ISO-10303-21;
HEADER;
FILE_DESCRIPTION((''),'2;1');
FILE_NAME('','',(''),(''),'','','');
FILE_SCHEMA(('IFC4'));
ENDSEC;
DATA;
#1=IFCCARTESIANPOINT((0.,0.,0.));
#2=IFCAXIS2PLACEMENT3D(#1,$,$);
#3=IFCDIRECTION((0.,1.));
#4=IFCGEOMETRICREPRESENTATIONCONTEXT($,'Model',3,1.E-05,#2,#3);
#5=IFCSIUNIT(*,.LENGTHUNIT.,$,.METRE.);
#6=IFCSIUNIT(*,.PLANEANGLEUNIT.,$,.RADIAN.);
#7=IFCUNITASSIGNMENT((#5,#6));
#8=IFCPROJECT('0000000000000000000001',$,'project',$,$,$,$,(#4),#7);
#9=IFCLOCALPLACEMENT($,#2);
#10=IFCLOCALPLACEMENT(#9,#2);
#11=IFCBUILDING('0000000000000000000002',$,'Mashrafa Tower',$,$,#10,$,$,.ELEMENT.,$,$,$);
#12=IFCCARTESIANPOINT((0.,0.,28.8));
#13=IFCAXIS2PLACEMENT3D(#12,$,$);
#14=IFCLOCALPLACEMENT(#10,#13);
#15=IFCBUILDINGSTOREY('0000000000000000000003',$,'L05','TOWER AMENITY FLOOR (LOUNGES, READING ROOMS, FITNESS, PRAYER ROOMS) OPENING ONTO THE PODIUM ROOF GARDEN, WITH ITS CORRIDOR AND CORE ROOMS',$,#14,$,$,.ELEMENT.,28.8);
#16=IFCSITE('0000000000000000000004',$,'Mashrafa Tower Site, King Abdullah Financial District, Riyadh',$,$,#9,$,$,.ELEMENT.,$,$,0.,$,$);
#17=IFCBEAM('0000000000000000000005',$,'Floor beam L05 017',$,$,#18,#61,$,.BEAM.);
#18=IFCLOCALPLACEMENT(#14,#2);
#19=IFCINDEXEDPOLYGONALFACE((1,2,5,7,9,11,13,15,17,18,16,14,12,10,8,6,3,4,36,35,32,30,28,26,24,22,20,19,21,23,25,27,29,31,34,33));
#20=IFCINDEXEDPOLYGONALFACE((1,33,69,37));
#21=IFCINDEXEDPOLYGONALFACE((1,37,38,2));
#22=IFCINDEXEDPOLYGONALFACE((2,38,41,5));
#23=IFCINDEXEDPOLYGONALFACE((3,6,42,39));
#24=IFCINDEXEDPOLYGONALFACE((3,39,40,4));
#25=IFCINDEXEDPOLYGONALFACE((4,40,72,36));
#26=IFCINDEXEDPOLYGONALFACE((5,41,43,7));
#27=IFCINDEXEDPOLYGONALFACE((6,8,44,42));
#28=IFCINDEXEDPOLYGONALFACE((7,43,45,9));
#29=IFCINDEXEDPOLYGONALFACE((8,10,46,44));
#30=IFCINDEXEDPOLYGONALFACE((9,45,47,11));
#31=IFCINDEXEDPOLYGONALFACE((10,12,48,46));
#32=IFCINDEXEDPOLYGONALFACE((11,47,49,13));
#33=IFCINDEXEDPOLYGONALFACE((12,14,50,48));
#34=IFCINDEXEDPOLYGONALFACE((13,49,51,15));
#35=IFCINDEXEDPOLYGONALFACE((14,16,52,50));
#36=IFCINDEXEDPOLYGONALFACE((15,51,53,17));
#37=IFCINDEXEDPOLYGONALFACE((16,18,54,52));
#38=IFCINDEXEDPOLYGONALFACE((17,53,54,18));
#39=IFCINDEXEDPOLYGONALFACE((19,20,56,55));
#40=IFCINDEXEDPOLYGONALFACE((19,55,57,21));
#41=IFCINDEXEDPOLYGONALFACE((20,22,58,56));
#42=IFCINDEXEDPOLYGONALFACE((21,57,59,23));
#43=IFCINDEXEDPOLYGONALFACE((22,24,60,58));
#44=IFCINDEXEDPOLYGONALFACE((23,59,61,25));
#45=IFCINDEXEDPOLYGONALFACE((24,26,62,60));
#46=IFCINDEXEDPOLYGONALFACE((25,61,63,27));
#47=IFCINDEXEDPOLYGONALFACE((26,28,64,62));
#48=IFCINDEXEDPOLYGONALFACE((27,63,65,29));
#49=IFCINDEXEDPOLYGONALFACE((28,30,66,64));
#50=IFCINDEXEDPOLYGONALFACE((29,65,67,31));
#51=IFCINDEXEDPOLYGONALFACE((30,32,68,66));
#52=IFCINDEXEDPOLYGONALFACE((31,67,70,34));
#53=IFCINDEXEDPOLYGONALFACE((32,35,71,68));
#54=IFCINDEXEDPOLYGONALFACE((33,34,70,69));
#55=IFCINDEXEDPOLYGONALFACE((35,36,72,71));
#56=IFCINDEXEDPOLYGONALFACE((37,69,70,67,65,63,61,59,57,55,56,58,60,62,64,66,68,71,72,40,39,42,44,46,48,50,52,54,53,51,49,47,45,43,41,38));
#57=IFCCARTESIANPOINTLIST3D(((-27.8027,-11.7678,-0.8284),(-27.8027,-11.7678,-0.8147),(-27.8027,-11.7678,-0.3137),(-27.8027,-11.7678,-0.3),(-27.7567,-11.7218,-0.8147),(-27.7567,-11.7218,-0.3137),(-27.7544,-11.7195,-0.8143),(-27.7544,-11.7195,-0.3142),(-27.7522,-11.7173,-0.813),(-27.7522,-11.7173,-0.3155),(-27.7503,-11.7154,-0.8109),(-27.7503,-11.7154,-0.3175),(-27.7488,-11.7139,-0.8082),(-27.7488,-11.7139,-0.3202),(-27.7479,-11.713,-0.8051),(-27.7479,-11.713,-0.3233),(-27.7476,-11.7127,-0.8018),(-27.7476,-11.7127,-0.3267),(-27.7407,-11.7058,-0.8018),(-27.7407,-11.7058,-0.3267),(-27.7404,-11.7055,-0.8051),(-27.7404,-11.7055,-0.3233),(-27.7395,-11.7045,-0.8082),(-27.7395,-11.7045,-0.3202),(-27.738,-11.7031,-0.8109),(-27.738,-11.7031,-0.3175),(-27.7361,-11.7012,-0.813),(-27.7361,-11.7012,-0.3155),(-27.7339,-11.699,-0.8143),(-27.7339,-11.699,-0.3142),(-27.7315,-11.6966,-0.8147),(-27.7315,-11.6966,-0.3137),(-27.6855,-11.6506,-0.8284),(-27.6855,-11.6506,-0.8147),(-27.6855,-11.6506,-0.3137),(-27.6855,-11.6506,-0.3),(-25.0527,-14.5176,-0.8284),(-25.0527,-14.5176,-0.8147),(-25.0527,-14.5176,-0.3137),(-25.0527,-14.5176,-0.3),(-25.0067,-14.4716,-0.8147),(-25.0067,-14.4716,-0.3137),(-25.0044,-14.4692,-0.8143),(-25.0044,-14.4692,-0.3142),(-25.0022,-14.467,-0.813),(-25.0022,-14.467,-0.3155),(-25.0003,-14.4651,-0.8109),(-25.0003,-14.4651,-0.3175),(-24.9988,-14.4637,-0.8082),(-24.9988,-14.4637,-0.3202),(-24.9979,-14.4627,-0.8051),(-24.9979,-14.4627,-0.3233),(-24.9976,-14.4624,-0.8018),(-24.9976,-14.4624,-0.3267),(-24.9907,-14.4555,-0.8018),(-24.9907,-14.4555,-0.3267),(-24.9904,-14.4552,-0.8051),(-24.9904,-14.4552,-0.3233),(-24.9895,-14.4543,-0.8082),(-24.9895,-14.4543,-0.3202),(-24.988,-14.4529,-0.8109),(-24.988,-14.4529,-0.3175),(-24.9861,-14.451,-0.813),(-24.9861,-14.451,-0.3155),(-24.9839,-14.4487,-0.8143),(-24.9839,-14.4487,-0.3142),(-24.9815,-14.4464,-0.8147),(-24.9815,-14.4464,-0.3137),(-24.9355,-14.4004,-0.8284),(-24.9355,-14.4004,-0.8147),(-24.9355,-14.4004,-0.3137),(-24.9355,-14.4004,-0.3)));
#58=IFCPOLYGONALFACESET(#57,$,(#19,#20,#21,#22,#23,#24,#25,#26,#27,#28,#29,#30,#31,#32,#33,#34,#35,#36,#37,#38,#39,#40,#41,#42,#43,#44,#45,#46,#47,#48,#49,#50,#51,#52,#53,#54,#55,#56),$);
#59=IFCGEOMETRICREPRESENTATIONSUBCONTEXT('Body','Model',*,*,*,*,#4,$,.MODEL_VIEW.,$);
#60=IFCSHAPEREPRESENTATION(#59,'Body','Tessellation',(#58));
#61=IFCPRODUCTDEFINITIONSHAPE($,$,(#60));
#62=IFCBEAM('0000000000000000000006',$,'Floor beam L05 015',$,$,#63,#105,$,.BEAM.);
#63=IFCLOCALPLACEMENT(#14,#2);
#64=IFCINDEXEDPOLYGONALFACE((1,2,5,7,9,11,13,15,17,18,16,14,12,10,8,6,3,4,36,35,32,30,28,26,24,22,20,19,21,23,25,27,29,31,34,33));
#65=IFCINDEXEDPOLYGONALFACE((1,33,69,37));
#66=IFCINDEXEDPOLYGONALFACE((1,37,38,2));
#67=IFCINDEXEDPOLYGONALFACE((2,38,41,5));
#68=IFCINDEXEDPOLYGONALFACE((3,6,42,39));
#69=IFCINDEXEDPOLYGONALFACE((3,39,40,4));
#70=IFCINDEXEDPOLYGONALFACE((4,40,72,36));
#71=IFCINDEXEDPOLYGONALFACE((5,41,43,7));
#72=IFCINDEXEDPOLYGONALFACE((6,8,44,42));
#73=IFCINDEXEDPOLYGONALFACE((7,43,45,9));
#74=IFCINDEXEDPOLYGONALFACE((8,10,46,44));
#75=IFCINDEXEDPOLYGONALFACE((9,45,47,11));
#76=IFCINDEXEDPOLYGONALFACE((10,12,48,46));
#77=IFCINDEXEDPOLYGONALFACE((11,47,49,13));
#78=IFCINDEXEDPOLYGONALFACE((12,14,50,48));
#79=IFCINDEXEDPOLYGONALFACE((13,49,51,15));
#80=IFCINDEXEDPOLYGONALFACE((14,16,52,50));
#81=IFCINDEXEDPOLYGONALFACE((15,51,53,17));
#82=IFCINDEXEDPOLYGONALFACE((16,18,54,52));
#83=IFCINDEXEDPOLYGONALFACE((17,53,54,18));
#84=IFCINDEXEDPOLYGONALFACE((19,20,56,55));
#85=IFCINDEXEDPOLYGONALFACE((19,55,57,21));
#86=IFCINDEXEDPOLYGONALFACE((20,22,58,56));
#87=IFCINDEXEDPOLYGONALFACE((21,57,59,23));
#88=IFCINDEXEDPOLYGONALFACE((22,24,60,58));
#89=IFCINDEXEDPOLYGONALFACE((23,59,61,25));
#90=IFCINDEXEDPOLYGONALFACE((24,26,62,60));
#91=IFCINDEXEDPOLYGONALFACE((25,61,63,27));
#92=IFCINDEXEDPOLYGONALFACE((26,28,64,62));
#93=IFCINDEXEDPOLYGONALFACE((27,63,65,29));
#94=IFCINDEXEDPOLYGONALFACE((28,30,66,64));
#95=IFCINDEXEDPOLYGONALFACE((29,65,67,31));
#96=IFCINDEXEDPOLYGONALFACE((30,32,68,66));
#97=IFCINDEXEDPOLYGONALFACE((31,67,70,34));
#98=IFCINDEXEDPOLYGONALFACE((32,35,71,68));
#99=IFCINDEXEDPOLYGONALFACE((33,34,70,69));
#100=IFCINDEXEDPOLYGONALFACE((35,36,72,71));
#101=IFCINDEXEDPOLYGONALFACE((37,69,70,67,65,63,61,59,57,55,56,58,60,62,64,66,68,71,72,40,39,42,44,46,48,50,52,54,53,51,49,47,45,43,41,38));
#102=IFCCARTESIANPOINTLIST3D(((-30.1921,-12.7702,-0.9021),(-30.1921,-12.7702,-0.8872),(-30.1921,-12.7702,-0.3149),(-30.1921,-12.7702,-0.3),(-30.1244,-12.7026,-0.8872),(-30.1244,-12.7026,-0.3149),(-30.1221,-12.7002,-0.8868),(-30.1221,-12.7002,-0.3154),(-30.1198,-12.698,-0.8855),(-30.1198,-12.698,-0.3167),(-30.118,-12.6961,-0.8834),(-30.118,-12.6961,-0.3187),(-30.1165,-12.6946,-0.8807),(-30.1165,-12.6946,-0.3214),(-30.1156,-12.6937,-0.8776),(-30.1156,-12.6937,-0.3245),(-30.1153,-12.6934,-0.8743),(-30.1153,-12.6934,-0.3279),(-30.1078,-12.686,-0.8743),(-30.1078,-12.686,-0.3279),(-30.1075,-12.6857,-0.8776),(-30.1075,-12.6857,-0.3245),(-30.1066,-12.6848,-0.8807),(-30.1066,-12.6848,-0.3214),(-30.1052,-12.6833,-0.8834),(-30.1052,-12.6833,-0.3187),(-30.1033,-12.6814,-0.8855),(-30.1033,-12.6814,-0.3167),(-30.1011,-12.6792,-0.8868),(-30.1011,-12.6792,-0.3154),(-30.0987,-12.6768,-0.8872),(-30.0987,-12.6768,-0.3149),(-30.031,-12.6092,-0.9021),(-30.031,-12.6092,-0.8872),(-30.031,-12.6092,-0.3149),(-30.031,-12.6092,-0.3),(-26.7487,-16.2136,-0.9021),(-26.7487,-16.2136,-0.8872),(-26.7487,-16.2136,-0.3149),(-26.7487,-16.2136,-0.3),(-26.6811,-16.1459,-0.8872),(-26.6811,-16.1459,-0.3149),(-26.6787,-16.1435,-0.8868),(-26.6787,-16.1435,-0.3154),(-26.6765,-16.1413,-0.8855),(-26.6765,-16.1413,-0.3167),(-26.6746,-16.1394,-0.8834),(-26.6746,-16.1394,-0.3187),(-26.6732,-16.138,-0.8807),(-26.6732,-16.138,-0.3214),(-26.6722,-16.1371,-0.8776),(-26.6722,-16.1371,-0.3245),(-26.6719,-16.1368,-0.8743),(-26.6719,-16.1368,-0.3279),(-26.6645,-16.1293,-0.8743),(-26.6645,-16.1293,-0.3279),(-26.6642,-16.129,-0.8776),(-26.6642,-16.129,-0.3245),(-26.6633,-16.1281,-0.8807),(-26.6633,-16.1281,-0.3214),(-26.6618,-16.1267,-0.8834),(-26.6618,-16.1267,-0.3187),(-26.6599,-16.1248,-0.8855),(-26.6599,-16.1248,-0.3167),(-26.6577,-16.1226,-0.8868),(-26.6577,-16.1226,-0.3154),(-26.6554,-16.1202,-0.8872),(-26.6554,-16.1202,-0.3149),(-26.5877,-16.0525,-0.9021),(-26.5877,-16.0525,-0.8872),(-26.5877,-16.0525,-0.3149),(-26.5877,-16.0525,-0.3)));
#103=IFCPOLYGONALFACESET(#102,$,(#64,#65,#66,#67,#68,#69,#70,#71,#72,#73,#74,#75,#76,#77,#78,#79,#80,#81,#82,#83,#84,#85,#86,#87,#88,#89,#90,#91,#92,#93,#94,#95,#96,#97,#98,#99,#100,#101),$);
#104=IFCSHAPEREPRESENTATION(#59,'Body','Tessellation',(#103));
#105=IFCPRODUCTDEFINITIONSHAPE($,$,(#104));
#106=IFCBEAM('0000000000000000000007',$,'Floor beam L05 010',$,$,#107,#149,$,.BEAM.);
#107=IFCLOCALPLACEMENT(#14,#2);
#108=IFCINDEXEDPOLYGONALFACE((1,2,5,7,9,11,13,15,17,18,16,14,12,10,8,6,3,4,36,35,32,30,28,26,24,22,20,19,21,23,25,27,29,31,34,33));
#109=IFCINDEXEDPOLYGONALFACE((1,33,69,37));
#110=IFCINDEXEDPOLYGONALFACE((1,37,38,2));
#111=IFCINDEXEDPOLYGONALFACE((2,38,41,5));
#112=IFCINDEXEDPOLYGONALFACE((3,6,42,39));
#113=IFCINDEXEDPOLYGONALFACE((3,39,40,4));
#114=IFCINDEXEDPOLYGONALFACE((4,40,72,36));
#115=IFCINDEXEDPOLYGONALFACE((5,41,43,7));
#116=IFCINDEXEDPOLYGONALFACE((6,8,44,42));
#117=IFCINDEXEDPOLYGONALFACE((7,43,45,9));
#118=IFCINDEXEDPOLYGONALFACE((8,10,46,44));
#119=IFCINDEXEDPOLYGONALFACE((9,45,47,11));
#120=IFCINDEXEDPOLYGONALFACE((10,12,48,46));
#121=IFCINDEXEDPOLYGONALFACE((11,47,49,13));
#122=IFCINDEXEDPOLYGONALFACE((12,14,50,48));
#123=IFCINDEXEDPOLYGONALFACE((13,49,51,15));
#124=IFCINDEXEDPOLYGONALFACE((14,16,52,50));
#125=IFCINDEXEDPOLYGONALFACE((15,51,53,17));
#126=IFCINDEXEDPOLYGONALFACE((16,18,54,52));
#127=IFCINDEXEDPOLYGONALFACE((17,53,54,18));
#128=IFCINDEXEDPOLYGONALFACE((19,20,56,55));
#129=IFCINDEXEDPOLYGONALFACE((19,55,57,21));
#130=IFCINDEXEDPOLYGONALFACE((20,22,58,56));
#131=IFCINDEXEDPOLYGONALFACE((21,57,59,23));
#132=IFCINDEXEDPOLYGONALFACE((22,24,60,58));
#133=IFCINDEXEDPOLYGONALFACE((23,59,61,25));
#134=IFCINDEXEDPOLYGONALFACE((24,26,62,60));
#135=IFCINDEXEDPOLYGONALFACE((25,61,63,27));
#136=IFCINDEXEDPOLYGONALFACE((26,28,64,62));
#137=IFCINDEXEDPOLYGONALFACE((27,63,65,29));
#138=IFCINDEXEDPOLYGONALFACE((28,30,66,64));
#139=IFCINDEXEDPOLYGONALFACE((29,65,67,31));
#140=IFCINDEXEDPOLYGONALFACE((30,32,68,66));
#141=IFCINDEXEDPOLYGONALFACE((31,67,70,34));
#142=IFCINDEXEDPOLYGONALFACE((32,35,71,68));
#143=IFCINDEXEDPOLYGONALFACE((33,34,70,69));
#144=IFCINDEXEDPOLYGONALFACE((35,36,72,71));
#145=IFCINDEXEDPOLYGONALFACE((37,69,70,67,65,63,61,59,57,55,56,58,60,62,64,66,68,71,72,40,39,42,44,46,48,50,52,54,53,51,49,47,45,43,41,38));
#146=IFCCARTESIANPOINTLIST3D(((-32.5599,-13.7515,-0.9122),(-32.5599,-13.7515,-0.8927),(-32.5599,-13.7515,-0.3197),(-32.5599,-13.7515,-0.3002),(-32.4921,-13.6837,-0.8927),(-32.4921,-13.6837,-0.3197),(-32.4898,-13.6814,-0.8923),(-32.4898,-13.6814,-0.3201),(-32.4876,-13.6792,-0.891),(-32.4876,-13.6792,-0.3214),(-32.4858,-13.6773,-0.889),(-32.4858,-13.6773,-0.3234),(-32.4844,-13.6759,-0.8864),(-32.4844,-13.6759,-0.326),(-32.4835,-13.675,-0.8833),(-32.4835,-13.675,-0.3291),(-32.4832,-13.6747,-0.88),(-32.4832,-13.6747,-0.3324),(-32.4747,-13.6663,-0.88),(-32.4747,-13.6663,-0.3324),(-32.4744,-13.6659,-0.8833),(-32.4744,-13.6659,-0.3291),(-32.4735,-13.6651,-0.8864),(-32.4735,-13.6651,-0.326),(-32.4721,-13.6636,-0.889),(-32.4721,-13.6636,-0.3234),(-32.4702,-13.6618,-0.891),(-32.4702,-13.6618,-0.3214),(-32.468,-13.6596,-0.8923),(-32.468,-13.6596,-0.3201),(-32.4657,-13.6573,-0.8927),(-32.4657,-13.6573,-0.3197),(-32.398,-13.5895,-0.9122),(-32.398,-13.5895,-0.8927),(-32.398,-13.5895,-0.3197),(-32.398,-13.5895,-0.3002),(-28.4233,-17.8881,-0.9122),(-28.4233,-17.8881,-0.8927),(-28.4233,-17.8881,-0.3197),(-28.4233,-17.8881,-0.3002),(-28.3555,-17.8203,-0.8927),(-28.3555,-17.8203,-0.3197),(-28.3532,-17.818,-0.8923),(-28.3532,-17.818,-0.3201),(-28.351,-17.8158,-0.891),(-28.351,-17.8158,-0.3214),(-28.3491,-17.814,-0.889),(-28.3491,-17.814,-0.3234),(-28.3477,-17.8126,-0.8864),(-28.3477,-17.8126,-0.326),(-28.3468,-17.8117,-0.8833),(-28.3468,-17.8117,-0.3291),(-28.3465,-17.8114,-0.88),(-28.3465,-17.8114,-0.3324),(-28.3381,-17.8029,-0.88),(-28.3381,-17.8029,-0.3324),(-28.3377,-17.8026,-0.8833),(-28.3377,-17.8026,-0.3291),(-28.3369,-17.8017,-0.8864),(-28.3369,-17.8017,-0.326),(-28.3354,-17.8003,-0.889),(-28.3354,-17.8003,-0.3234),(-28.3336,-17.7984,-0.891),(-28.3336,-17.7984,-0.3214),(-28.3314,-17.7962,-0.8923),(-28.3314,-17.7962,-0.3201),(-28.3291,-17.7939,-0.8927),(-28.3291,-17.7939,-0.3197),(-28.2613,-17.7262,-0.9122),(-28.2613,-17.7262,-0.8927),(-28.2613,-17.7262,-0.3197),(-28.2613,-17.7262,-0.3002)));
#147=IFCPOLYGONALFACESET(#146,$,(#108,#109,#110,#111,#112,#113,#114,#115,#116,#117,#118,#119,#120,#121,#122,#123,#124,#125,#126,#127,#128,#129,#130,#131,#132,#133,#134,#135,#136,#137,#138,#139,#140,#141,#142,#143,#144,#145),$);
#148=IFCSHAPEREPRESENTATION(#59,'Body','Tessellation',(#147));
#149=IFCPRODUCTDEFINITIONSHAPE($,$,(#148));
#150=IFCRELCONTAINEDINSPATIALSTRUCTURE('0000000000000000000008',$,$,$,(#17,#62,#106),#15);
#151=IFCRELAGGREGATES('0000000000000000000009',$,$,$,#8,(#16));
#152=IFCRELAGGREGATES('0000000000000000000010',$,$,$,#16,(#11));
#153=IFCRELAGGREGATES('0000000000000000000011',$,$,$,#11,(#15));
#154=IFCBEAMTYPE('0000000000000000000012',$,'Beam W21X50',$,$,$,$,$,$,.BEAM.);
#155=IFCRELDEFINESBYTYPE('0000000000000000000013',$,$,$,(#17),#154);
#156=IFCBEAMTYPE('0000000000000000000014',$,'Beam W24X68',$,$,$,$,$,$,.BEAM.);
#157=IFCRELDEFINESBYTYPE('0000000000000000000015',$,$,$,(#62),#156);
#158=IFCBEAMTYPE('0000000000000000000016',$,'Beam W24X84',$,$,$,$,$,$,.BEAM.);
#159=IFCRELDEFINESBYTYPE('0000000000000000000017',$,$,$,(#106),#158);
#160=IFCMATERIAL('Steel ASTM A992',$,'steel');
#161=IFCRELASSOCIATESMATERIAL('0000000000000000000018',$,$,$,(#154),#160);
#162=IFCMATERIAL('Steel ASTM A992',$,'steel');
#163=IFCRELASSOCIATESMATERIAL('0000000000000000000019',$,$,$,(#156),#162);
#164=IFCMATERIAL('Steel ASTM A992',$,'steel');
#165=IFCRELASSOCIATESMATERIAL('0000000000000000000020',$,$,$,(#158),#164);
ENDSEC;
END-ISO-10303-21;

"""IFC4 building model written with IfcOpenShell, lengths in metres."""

from ifc_helpers import new_model, si_unit, direction, frame, origin, origin_2d, place, context, subcontext, project, spatial, i_section, extrude, material, material_profile, profile_set, type_object, element, save


model = new_model("IFC4")

# Units and contexts
model_context = context("Model", 3, precision=1e-05, world=origin(), true_north=direction((0.0, 1.0)))
body_context = subcontext(model_context, "Body", "Model", "MODEL_VIEW")
ifc_project = project(units=[si_unit("LENGTHUNIT", "METRE"), si_unit("PLANEANGLEUNIT", "RADIAN")], contexts=[model_context])

# Site, building, storey
site_placement = place(None, origin())
site = spatial("IfcSite", under=ifc_project, at=site_placement, Name="Mashrafa Tower Site, King Abdullah Financial District, Riyadh", CompositionType="ELEMENT", RefElevation=0.0)
building_placement = place(site_placement, origin())
building = spatial("IfcBuilding", under=site, at=building_placement, Name="Mashrafa Tower", CompositionType="ELEMENT")
storey_placement = place(building_placement, frame((0.0, 0.0, 28.8)))
storey = spatial("IfcBuildingStorey", under=building, at=storey_placement, Name="L05", Description="TOWER AMENITY FLOOR (LOUNGES, READING ROOMS, FITNESS, PRAYER ROOMS) OPENING ONTO THE PODIUM ROOF GARDEN, WITH ITS CORRIDOR AND CORE ROOMS", CompositionType="ELEMENT", Elevation=28.8)

# Beams
ifc_material_1 = material(Name="Steel ASTM A992", Category="steel")
ifc_material_profile_1 = material_profile(ifc_material_1, i_section(OverallWidth=0.1658, OverallDepth=0.5283, WebThickness=0.0098, FlangeThickness=0.0137, FilletRadius=0.0129, at=origin_2d()), Name="W21X50")
ifc_profile_set_1 = profile_set([ifc_material_profile_1], Name="Steel ASTM A992")
beam_type_1 = type_object("IfcBeamType", Name="Beam W21X50", PredefinedType="BEAM", material=ifc_profile_set_1)
beam_1_placement = place(storey_placement, frame((-24.9941, -14.459, -0.5642), z_axis=(-0.707138, 0.707075, 0.0), x_axis=(-0.707075, -0.707138, 0.0)))
element("IfcBeam", 1, at=beam_1_placement, inside=storey, type_object=beam_type_1, Name="Floor beam L05 017", PredefinedType="BEAM", context=body_context, shape_type="SweptSolid", body=[
    extrude(i_section(OverallWidth=0.1658, OverallDepth=0.5283, WebThickness=0.0098, FlangeThickness=0.0137, FilletRadius=0.0129, at=origin_2d()), origin(), (0.0, 0.0, 1.0), 3.8889),
])
ifc_material_2 = material(Name="Steel ASTM A992", Category="steel")
ifc_material_profile_2 = material_profile(ifc_material_2, i_section(OverallWidth=0.2278, OverallDepth=0.6021, WebThickness=0.0105, FlangeThickness=0.0149, FilletRadius=0.0129, at=origin_2d()), Name="W24X68")
ifc_profile_set_2 = profile_set([ifc_material_profile_2], Name="Steel ASTM A992")
beam_type_2 = type_object("IfcBeamType", Name="Beam W24X68", PredefinedType="BEAM", material=ifc_profile_set_2)
beam_2_placement = place(storey_placement, frame((-26.6682, -16.1331, -0.6011), z_axis=(-0.707107, 0.707107, 0.0), x_axis=(-0.707107, -0.707107, 0.0)))
element("IfcBeam", 2, at=beam_2_placement, inside=storey, type_object=beam_type_2, Name="Floor beam L05 015", PredefinedType="BEAM", context=body_context, shape_type="SweptSolid", body=[
    extrude(i_section(OverallWidth=0.2278, OverallDepth=0.6021, WebThickness=0.0105, FlangeThickness=0.0149, FilletRadius=0.0129, at=origin_2d()), origin(), (0.0, 0.0, 1.0), 4.8696),
])
ifc_material_3 = material(Name="Steel ASTM A992", Category="steel")
ifc_material_profile_3 = material_profile(ifc_material_3, i_section(OverallWidth=0.229, OverallDepth=0.6121, WebThickness=0.012, FlangeThickness=0.0195, FilletRadius=0.0127, at=origin_2d()), Name="W24X84")
ifc_profile_set_3 = profile_set([ifc_material_profile_3], Name="Steel ASTM A992")
beam_type_3 = type_object("IfcBeamType", Name="Beam W24X84", PredefinedType="BEAM", material=ifc_profile_set_3)
beam_3_placement = place(storey_placement, frame((-28.3423, -17.8071, -0.6062), z_axis=(-0.707107, 0.707107, 0.0), x_axis=(-0.707107, -0.707107, 0.0)))
element("IfcBeam", 3, at=beam_3_placement, inside=storey, type_object=beam_type_3, Name="Floor beam L05 010", PredefinedType="BEAM", context=body_context, shape_type="SweptSolid", body=[
    extrude(i_section(OverallWidth=0.229, OverallDepth=0.6121, WebThickness=0.012, FlangeThickness=0.0195, FilletRadius=0.0127, at=origin_2d()), origin(), (0.0, 0.0, 1.0), 5.8501),
])

save(model, "model.ifc")
